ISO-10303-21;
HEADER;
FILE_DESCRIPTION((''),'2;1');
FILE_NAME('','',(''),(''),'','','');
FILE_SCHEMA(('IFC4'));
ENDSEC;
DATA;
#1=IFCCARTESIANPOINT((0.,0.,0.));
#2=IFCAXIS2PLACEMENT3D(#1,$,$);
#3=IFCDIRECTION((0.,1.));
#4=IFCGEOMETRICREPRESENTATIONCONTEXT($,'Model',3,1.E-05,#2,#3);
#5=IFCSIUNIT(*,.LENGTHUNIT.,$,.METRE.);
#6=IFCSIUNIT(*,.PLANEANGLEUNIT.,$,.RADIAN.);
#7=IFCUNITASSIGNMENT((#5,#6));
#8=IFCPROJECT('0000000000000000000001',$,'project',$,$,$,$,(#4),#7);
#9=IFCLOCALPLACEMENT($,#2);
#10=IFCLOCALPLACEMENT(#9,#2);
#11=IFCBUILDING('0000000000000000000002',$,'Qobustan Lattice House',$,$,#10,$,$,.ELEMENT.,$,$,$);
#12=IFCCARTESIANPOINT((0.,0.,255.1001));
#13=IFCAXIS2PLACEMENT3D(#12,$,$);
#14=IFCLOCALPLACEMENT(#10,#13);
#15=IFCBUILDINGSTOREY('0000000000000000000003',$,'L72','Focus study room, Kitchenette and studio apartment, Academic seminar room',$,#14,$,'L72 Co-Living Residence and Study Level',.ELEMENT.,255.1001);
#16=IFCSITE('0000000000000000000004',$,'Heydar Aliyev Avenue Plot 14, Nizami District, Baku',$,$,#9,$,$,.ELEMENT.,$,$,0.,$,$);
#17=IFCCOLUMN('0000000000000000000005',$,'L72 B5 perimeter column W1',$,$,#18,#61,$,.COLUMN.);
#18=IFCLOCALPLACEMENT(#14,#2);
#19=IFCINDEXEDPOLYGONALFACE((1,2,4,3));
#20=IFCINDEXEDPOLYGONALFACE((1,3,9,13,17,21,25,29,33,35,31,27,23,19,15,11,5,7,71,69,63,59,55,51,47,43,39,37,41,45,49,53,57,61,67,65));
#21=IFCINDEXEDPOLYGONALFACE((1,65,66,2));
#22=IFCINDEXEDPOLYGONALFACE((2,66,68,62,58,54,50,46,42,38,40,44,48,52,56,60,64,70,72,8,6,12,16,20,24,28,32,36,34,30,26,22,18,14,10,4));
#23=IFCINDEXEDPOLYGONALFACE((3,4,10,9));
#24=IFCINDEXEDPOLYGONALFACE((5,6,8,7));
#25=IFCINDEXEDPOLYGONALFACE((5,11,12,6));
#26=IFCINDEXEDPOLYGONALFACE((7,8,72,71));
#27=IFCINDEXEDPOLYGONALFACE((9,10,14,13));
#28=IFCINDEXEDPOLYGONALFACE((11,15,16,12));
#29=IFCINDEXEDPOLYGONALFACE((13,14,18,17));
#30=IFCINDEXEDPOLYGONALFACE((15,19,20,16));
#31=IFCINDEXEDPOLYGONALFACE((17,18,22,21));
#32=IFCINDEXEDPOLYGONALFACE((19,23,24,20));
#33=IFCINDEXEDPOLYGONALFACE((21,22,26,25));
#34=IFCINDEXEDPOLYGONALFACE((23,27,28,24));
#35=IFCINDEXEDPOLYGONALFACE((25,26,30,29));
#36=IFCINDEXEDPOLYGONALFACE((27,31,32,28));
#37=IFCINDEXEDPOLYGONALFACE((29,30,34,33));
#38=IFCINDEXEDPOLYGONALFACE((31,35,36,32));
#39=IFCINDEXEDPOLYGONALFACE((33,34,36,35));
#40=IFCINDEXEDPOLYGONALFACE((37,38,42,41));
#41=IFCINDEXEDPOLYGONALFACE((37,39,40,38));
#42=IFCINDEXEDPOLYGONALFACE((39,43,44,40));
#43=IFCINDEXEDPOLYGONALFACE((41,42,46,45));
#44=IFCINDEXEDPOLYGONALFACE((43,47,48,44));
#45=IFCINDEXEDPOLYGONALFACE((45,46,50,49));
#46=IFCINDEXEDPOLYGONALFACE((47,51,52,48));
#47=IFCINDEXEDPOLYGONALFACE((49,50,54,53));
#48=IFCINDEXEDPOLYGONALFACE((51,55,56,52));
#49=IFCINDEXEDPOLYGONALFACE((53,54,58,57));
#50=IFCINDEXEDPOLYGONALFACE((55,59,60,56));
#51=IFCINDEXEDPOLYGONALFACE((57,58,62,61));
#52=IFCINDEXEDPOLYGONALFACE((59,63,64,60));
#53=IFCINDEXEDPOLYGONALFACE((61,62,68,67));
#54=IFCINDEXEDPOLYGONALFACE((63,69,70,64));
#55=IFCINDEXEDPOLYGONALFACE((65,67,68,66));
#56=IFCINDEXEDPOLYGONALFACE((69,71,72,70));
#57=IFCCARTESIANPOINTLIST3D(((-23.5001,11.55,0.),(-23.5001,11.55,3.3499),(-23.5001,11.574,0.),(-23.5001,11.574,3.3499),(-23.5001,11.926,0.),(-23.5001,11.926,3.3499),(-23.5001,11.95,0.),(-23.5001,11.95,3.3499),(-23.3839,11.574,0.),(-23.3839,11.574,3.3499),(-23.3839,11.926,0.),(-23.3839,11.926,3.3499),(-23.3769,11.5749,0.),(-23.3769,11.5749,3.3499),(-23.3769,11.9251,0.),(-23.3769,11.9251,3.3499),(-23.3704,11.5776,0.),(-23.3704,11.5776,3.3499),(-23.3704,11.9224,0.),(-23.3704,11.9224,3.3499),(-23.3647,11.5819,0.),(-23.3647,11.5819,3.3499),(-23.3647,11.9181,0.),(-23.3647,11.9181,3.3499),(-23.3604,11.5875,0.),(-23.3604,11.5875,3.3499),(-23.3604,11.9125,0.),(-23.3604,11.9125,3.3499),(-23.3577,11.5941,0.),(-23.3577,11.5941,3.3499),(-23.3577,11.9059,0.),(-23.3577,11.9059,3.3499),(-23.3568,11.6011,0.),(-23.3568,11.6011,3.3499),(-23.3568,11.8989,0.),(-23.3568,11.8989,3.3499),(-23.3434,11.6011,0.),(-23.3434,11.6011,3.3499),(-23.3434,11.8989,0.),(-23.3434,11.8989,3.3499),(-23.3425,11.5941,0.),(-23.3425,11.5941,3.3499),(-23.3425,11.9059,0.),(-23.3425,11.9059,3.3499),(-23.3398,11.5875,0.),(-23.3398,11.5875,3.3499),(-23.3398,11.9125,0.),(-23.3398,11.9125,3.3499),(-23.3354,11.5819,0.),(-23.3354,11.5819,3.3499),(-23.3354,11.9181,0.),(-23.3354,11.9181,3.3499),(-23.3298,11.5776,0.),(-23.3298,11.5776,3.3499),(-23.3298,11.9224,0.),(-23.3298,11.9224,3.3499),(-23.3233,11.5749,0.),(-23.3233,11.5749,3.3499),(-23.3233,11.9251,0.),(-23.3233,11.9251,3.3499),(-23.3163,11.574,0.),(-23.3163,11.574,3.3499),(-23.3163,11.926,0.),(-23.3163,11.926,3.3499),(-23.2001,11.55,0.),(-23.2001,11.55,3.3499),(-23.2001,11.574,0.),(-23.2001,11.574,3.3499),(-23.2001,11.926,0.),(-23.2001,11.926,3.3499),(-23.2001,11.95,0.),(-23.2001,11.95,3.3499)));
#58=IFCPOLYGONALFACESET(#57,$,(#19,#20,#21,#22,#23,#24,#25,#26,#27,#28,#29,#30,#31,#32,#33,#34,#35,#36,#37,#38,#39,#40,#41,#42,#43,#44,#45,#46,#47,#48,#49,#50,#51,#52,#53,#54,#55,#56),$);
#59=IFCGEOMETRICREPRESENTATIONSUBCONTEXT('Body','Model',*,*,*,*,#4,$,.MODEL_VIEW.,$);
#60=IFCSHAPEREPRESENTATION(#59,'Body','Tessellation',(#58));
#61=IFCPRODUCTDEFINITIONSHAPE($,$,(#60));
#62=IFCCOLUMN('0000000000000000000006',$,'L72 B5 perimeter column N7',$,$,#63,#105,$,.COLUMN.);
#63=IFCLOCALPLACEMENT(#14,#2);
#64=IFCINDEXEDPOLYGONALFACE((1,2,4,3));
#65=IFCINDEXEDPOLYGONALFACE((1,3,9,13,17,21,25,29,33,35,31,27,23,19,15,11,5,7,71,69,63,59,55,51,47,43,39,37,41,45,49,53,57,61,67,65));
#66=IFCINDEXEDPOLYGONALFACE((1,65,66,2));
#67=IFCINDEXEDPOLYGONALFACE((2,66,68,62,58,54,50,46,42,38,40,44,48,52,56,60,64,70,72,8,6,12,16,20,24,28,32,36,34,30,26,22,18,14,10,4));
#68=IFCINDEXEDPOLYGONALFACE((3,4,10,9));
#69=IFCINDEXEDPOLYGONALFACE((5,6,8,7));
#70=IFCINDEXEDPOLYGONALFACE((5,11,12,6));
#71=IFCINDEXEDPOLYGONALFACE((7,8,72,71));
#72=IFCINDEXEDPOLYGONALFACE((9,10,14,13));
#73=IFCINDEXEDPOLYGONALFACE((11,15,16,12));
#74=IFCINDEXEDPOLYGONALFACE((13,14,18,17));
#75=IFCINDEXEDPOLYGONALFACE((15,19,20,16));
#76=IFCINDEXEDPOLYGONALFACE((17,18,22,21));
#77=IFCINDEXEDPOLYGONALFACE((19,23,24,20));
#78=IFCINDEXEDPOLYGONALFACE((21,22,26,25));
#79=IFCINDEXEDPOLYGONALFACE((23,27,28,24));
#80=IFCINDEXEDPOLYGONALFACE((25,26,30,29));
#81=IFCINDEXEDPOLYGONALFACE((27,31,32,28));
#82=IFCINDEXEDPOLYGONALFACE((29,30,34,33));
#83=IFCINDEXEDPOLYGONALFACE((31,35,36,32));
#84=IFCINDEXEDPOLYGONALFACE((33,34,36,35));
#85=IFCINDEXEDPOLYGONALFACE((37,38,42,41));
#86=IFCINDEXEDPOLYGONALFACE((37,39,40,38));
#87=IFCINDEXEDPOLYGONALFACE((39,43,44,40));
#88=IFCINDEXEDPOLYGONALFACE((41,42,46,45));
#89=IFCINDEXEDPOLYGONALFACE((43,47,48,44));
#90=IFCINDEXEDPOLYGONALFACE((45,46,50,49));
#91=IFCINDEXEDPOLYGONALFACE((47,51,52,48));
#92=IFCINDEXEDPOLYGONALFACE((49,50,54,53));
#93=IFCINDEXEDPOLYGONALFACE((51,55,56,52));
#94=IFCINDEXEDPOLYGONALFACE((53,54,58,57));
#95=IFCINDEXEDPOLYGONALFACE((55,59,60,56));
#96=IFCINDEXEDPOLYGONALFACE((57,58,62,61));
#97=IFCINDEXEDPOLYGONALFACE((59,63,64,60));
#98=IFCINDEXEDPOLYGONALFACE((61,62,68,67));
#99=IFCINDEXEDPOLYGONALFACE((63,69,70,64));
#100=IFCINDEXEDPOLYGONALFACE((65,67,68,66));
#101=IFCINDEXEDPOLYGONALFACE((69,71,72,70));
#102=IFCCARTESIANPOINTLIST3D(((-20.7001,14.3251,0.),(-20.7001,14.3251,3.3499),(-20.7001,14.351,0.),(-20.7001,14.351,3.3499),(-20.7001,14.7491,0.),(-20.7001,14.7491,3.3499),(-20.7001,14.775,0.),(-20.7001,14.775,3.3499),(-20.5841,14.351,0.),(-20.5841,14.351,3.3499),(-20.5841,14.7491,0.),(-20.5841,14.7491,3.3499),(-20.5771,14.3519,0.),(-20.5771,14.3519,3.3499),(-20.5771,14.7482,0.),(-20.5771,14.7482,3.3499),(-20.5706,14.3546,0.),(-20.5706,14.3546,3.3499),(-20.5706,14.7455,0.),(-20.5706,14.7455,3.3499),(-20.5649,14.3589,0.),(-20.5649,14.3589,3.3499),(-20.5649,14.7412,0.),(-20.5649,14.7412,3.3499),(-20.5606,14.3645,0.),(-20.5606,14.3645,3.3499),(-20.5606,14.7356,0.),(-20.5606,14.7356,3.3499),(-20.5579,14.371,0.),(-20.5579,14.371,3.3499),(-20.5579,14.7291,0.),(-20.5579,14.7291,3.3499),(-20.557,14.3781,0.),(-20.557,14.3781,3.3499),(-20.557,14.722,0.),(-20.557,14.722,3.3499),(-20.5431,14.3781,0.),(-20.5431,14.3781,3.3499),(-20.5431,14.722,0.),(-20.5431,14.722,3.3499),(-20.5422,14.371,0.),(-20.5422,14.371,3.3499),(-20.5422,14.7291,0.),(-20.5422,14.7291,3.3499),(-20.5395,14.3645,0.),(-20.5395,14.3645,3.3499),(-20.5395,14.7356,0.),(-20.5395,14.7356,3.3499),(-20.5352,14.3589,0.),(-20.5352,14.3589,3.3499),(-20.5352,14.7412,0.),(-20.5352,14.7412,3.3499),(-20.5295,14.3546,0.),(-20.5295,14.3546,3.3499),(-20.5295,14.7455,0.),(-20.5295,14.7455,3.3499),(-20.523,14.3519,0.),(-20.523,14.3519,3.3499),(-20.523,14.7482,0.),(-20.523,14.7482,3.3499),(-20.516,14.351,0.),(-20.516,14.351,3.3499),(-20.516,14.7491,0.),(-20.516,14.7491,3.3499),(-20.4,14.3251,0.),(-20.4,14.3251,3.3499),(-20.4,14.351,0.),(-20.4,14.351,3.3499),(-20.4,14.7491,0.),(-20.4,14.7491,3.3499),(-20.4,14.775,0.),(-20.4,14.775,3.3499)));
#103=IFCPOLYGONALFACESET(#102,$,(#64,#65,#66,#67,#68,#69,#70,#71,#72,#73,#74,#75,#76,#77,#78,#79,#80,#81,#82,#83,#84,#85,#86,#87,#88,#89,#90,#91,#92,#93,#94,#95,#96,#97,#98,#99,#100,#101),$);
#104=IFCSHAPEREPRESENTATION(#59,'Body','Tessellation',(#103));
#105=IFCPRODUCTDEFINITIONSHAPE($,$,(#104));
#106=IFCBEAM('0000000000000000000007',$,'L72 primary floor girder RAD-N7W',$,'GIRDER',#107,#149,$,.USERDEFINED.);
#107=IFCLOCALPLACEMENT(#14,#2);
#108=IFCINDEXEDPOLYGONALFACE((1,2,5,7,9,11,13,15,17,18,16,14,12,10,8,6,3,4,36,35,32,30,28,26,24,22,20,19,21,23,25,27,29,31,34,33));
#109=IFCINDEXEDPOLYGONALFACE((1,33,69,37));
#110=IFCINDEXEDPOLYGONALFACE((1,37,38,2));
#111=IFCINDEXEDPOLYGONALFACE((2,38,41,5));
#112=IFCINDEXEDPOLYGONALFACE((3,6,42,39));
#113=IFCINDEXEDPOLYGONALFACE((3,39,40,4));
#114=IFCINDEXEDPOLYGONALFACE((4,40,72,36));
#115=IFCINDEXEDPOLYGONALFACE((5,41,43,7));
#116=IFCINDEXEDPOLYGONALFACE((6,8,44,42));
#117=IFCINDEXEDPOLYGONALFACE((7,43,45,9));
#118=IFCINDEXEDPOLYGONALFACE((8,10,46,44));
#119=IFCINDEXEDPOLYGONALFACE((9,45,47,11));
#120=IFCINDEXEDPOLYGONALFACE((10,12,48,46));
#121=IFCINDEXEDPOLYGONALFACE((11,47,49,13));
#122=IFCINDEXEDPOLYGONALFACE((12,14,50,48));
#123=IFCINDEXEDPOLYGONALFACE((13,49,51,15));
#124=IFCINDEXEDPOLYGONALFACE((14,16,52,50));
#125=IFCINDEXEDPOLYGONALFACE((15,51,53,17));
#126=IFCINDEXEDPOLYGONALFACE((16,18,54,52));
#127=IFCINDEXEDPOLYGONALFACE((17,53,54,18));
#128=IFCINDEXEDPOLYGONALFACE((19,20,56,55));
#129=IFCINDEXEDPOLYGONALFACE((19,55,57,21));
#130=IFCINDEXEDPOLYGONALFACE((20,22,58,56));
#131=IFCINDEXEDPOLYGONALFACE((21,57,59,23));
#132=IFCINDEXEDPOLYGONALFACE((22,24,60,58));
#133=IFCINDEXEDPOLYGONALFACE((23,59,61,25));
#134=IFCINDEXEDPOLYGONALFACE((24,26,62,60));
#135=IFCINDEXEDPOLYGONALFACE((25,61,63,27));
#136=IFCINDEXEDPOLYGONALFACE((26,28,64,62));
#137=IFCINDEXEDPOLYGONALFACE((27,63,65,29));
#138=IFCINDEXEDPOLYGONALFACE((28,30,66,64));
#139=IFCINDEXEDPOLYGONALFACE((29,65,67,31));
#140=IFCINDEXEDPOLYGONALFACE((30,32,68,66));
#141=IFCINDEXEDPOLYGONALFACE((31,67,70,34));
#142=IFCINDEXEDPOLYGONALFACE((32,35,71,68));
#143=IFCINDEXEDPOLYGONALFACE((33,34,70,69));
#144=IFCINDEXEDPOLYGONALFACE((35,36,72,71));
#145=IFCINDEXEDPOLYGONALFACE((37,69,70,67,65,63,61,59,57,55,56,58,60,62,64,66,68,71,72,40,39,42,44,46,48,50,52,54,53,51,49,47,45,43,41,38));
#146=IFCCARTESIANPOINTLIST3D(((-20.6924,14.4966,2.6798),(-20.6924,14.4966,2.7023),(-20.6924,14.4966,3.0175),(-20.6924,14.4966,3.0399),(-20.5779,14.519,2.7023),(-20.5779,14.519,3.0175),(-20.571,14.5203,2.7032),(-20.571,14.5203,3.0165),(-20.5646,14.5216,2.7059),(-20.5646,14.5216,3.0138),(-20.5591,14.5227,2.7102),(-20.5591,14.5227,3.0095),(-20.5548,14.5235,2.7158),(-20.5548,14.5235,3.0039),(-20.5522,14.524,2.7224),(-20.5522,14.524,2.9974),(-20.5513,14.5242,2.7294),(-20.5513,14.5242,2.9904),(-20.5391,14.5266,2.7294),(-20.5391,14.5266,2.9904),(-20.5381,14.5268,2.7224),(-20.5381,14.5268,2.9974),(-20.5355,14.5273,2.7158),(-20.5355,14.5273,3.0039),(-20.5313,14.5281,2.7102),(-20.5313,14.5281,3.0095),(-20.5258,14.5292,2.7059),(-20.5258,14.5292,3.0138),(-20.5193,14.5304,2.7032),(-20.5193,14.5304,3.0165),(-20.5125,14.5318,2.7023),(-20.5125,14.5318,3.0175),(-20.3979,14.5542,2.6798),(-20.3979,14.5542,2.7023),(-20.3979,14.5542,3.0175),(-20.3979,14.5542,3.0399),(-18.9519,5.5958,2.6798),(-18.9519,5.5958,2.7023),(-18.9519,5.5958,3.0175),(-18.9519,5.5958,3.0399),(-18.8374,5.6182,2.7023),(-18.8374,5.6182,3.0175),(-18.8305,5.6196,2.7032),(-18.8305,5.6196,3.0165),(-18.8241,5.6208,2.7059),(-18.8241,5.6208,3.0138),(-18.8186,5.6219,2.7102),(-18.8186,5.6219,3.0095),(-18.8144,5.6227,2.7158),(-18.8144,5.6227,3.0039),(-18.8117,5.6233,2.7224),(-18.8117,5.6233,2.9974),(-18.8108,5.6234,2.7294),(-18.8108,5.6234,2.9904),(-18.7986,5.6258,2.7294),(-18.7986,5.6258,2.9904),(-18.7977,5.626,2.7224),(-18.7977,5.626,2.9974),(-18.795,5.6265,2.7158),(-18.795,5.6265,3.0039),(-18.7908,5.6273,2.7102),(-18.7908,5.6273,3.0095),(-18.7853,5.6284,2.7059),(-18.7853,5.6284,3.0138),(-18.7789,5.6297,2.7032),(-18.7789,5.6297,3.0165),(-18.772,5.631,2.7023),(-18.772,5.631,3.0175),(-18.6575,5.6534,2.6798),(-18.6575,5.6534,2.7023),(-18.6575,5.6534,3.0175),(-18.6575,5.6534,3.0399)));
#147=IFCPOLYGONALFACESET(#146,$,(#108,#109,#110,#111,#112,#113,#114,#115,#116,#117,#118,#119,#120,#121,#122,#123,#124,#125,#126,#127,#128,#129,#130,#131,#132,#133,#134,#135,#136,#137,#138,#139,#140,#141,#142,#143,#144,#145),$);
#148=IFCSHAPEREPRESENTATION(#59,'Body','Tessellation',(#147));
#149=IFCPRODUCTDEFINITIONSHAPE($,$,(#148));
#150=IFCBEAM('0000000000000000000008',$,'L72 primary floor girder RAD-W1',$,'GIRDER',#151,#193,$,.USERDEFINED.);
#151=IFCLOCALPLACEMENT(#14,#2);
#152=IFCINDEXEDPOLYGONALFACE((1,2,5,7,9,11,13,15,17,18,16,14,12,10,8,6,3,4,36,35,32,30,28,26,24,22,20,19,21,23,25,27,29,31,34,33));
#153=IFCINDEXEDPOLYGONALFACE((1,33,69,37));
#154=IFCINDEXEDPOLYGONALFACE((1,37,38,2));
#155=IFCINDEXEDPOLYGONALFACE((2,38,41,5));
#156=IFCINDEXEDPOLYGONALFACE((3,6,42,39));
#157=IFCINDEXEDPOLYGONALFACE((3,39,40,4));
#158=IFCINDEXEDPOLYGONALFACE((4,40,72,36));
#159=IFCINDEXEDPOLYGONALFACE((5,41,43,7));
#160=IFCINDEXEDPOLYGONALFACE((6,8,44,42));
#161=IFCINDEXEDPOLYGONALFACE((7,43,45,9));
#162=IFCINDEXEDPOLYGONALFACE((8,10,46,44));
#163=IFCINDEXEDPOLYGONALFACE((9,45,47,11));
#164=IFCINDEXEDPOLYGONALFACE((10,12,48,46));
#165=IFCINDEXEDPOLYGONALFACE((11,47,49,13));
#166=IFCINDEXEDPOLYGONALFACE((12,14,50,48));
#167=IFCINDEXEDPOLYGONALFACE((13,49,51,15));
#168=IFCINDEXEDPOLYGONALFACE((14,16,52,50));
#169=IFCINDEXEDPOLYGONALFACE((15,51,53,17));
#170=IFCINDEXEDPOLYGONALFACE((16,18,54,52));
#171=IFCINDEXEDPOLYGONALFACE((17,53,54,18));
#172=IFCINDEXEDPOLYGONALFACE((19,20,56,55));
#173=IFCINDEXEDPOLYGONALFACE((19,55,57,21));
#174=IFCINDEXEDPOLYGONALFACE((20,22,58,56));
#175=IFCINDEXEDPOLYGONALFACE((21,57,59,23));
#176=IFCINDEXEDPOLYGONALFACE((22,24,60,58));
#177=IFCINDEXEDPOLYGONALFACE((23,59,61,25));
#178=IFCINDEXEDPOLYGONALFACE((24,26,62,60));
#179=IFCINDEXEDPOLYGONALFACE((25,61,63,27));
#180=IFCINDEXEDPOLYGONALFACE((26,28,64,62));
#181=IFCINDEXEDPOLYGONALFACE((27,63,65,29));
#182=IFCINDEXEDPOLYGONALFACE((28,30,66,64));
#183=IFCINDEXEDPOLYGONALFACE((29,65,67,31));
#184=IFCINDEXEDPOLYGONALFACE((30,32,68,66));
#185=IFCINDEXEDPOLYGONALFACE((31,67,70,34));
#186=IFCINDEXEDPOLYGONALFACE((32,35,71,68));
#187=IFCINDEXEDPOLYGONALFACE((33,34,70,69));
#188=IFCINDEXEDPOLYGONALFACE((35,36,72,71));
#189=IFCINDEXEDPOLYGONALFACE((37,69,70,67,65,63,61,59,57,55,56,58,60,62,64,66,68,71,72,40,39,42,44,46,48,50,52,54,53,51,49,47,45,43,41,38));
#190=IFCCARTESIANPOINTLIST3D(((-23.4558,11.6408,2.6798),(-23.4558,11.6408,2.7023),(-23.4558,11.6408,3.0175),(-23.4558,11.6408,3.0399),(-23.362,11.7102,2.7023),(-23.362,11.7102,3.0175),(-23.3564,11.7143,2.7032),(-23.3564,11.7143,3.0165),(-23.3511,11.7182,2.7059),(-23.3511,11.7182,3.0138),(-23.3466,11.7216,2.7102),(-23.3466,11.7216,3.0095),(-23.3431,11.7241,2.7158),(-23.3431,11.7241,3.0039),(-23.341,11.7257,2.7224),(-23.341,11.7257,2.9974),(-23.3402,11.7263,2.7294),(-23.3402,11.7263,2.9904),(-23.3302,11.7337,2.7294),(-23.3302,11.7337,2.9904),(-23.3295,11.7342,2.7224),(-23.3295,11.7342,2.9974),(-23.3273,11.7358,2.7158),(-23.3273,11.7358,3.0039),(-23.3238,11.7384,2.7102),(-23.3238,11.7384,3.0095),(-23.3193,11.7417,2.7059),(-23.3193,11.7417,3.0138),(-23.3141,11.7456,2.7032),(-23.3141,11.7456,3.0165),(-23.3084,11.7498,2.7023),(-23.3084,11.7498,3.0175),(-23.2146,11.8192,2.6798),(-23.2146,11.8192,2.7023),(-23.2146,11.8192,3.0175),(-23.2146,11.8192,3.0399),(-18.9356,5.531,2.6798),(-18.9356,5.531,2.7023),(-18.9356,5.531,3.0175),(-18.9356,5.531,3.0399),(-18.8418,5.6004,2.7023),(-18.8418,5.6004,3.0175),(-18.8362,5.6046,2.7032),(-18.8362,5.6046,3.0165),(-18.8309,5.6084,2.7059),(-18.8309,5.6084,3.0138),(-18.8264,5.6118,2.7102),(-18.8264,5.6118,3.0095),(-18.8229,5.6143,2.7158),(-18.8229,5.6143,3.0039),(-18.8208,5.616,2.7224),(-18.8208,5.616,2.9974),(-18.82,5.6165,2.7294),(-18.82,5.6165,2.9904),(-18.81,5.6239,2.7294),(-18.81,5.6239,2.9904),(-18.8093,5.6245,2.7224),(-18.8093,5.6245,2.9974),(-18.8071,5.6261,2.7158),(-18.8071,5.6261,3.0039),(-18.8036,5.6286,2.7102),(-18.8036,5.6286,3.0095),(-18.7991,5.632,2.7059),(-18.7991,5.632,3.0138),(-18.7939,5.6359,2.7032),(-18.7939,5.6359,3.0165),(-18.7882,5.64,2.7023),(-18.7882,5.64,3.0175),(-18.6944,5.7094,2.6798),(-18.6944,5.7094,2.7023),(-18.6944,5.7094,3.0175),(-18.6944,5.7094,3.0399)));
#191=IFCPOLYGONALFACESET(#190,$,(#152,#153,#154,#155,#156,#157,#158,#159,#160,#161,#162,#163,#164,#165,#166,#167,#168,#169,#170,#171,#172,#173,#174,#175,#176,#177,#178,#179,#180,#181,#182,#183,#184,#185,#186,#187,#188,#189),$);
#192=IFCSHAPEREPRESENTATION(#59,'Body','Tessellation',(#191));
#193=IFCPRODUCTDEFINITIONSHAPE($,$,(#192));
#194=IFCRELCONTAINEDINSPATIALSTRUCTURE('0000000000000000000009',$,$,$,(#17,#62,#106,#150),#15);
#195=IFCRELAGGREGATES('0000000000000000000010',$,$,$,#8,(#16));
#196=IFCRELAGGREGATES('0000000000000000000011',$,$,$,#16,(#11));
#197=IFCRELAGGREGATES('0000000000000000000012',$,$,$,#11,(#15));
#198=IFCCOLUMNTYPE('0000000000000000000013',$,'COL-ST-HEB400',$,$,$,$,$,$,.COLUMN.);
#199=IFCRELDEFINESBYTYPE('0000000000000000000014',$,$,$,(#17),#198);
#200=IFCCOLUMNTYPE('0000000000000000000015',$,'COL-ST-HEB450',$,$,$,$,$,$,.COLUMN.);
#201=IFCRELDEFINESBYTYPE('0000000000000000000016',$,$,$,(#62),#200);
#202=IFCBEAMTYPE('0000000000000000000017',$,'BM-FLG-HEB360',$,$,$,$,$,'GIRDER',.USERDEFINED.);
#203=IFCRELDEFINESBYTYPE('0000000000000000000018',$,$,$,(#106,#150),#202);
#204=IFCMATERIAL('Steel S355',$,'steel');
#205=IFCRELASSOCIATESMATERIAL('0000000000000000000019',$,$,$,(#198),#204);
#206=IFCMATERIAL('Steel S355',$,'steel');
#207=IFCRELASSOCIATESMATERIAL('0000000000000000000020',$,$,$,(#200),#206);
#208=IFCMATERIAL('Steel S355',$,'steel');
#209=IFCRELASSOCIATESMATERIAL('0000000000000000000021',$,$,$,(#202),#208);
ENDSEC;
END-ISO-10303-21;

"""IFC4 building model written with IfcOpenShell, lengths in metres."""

from ifc_helpers import new_model, si_unit, direction, frame, origin, origin_2d, place, context, subcontext, project, spatial, i_section, extrude, material, material_profile, profile_set, type_object, element, save


model = new_model("IFC4")

# Units and contexts
model_context = context("Model", 3, precision=1e-05, world=origin(), true_north=direction((0.0, 1.0)))
body_context = subcontext(model_context, "Body", "Model", "MODEL_VIEW")
ifc_project = project(units=[si_unit("LENGTHUNIT", "METRE"), si_unit("PLANEANGLEUNIT", "RADIAN")], contexts=[model_context])

# Site, building, storey
site_placement = place(None, origin())
site = spatial("IfcSite", under=ifc_project, at=site_placement, Name="Heydar Aliyev Avenue Plot 14, Nizami District, Baku", CompositionType="ELEMENT", RefElevation=0.0)
building_placement = place(site_placement, origin())
building = spatial("IfcBuilding", under=site, at=building_placement, Name="Qobustan Lattice House", CompositionType="ELEMENT")
storey_placement = place(building_placement, frame((0.0, 0.0, 255.1001)))
storey = spatial("IfcBuildingStorey", under=building, at=storey_placement, Name="L72", Description="Focus study room, Kitchenette and studio apartment, Academic seminar room", LongName="L72 Co-Living Residence and Study Level", CompositionType="ELEMENT", Elevation=255.1001)

# Columns
ifc_material_1 = material(Name="Steel S355", Category="steel")
ifc_material_profile_1 = material_profile(ifc_material_1, i_section(OverallWidth=0.3, OverallDepth=0.3999, WebThickness=0.0134, FlangeThickness=0.0239, FilletRadius=0.0271, at=origin_2d()), Name="HEB400")
ifc_profile_set_1 = profile_set([ifc_material_profile_1], Name="Steel S355")
column_type_1 = type_object("IfcColumnType", Name="COL-ST-HEB400", PredefinedType="COLUMN", material=ifc_profile_set_1)
column_1_placement = place(storey_placement, frame((-23.3501, 11.75, 0.0), z_axis=(0.0, 0.0, 1.0), x_axis=(1.0, 0.0, 0.0)))
element("IfcColumn", 1, at=column_1_placement, inside=storey, type_object=column_type_1, Name="L72 B5 perimeter column W1", PredefinedType="COLUMN", context=body_context, shape_type="SweptSolid", body=[
    extrude(i_section(OverallWidth=0.3, OverallDepth=0.3999, WebThickness=0.0134, FlangeThickness=0.0239, FilletRadius=0.0271, at=origin_2d()), origin(), (0.0, 0.0, 1.0), 3.3499),
])
ifc_material_2 = material(Name="Steel S355", Category="steel")
ifc_material_profile_2 = material_profile(ifc_material_2, i_section(OverallWidth=0.3, OverallDepth=0.45, WebThickness=0.0139, FlangeThickness=0.0259, FilletRadius=0.0271, at=origin_2d()), Name="HEB450")
ifc_profile_set_2 = profile_set([ifc_material_profile_2], Name="Steel S355")
column_type_2 = type_object("IfcColumnType", Name="COL-ST-HEB450", PredefinedType="COLUMN", material=ifc_profile_set_2)
column_2_placement = place(storey_placement, frame((-20.55, 14.55, 0.0), z_axis=(0.0, 0.0, 1.0), x_axis=(1.0, 0.0, 0.0)))
element("IfcColumn", 2, at=column_2_placement, inside=storey, type_object=column_type_2, Name="L72 B5 perimeter column N7", PredefinedType="COLUMN", context=body_context, shape_type="SweptSolid", body=[
    extrude(i_section(OverallWidth=0.3, OverallDepth=0.45, WebThickness=0.0139, FlangeThickness=0.0259, FilletRadius=0.0271, at=origin_2d()), origin(), (0.0, 0.0, 1.0), 3.3499),
])

# Beams
ifc_material_3 = material(Name="Steel S355", Category="steel")
ifc_material_profile_3 = material_profile(ifc_material_3, i_section(OverallWidth=0.3, OverallDepth=0.3601, WebThickness=0.0125, FlangeThickness=0.0225, FilletRadius=0.0271, at=origin_2d()), Name="HEB360")
ifc_profile_set_3 = profile_set([ifc_material_profile_3], Name="Steel S355")
beam_type_1 = type_object("IfcBeamType", Name="BM-FLG-HEB360", ElementType="GIRDER", PredefinedType="USERDEFINED", material=ifc_profile_set_3)
beam_1_placement = place(storey_placement, frame((-20.5452, 14.5254, 2.8599), z_axis=(0.191906, -0.981413, 0.0), x_axis=(0.981413, 0.191906, 0.0)))
element("IfcBeam", 3, at=beam_1_placement, inside=storey, type_object=beam_type_1, Name="L72 primary floor girder RAD-N7W", ObjectType="GIRDER", PredefinedType="USERDEFINED", context=body_context, shape_type="SweptSolid", body=[
    extrude(i_section(OverallWidth=0.3, OverallDepth=0.3601, WebThickness=0.0125, FlangeThickness=0.0225, FilletRadius=0.0271, at=origin_2d()), origin(), (0.0, 0.0, 1.0), 9.0693),
])
beam_2_placement = place(storey_placement, frame((-23.3352, 11.73, 2.8599), z_axis=(0.594755, -0.803907, 0.0), x_axis=(0.803907, 0.594755, 0.0)))
element("IfcBeam", 4, at=beam_2_placement, inside=storey, type_object=beam_type_1, Name="L72 primary floor girder RAD-W1", ObjectType="GIRDER", PredefinedType="USERDEFINED", context=body_context, shape_type="SweptSolid", body=[
    extrude(i_section(OverallWidth=0.3, OverallDepth=0.3601, WebThickness=0.0125, FlangeThickness=0.0225, FilletRadius=0.0271, at=origin_2d()), origin(), (0.0, 0.0, 1.0), 7.6001),
])

save(model, "model.ifc")
